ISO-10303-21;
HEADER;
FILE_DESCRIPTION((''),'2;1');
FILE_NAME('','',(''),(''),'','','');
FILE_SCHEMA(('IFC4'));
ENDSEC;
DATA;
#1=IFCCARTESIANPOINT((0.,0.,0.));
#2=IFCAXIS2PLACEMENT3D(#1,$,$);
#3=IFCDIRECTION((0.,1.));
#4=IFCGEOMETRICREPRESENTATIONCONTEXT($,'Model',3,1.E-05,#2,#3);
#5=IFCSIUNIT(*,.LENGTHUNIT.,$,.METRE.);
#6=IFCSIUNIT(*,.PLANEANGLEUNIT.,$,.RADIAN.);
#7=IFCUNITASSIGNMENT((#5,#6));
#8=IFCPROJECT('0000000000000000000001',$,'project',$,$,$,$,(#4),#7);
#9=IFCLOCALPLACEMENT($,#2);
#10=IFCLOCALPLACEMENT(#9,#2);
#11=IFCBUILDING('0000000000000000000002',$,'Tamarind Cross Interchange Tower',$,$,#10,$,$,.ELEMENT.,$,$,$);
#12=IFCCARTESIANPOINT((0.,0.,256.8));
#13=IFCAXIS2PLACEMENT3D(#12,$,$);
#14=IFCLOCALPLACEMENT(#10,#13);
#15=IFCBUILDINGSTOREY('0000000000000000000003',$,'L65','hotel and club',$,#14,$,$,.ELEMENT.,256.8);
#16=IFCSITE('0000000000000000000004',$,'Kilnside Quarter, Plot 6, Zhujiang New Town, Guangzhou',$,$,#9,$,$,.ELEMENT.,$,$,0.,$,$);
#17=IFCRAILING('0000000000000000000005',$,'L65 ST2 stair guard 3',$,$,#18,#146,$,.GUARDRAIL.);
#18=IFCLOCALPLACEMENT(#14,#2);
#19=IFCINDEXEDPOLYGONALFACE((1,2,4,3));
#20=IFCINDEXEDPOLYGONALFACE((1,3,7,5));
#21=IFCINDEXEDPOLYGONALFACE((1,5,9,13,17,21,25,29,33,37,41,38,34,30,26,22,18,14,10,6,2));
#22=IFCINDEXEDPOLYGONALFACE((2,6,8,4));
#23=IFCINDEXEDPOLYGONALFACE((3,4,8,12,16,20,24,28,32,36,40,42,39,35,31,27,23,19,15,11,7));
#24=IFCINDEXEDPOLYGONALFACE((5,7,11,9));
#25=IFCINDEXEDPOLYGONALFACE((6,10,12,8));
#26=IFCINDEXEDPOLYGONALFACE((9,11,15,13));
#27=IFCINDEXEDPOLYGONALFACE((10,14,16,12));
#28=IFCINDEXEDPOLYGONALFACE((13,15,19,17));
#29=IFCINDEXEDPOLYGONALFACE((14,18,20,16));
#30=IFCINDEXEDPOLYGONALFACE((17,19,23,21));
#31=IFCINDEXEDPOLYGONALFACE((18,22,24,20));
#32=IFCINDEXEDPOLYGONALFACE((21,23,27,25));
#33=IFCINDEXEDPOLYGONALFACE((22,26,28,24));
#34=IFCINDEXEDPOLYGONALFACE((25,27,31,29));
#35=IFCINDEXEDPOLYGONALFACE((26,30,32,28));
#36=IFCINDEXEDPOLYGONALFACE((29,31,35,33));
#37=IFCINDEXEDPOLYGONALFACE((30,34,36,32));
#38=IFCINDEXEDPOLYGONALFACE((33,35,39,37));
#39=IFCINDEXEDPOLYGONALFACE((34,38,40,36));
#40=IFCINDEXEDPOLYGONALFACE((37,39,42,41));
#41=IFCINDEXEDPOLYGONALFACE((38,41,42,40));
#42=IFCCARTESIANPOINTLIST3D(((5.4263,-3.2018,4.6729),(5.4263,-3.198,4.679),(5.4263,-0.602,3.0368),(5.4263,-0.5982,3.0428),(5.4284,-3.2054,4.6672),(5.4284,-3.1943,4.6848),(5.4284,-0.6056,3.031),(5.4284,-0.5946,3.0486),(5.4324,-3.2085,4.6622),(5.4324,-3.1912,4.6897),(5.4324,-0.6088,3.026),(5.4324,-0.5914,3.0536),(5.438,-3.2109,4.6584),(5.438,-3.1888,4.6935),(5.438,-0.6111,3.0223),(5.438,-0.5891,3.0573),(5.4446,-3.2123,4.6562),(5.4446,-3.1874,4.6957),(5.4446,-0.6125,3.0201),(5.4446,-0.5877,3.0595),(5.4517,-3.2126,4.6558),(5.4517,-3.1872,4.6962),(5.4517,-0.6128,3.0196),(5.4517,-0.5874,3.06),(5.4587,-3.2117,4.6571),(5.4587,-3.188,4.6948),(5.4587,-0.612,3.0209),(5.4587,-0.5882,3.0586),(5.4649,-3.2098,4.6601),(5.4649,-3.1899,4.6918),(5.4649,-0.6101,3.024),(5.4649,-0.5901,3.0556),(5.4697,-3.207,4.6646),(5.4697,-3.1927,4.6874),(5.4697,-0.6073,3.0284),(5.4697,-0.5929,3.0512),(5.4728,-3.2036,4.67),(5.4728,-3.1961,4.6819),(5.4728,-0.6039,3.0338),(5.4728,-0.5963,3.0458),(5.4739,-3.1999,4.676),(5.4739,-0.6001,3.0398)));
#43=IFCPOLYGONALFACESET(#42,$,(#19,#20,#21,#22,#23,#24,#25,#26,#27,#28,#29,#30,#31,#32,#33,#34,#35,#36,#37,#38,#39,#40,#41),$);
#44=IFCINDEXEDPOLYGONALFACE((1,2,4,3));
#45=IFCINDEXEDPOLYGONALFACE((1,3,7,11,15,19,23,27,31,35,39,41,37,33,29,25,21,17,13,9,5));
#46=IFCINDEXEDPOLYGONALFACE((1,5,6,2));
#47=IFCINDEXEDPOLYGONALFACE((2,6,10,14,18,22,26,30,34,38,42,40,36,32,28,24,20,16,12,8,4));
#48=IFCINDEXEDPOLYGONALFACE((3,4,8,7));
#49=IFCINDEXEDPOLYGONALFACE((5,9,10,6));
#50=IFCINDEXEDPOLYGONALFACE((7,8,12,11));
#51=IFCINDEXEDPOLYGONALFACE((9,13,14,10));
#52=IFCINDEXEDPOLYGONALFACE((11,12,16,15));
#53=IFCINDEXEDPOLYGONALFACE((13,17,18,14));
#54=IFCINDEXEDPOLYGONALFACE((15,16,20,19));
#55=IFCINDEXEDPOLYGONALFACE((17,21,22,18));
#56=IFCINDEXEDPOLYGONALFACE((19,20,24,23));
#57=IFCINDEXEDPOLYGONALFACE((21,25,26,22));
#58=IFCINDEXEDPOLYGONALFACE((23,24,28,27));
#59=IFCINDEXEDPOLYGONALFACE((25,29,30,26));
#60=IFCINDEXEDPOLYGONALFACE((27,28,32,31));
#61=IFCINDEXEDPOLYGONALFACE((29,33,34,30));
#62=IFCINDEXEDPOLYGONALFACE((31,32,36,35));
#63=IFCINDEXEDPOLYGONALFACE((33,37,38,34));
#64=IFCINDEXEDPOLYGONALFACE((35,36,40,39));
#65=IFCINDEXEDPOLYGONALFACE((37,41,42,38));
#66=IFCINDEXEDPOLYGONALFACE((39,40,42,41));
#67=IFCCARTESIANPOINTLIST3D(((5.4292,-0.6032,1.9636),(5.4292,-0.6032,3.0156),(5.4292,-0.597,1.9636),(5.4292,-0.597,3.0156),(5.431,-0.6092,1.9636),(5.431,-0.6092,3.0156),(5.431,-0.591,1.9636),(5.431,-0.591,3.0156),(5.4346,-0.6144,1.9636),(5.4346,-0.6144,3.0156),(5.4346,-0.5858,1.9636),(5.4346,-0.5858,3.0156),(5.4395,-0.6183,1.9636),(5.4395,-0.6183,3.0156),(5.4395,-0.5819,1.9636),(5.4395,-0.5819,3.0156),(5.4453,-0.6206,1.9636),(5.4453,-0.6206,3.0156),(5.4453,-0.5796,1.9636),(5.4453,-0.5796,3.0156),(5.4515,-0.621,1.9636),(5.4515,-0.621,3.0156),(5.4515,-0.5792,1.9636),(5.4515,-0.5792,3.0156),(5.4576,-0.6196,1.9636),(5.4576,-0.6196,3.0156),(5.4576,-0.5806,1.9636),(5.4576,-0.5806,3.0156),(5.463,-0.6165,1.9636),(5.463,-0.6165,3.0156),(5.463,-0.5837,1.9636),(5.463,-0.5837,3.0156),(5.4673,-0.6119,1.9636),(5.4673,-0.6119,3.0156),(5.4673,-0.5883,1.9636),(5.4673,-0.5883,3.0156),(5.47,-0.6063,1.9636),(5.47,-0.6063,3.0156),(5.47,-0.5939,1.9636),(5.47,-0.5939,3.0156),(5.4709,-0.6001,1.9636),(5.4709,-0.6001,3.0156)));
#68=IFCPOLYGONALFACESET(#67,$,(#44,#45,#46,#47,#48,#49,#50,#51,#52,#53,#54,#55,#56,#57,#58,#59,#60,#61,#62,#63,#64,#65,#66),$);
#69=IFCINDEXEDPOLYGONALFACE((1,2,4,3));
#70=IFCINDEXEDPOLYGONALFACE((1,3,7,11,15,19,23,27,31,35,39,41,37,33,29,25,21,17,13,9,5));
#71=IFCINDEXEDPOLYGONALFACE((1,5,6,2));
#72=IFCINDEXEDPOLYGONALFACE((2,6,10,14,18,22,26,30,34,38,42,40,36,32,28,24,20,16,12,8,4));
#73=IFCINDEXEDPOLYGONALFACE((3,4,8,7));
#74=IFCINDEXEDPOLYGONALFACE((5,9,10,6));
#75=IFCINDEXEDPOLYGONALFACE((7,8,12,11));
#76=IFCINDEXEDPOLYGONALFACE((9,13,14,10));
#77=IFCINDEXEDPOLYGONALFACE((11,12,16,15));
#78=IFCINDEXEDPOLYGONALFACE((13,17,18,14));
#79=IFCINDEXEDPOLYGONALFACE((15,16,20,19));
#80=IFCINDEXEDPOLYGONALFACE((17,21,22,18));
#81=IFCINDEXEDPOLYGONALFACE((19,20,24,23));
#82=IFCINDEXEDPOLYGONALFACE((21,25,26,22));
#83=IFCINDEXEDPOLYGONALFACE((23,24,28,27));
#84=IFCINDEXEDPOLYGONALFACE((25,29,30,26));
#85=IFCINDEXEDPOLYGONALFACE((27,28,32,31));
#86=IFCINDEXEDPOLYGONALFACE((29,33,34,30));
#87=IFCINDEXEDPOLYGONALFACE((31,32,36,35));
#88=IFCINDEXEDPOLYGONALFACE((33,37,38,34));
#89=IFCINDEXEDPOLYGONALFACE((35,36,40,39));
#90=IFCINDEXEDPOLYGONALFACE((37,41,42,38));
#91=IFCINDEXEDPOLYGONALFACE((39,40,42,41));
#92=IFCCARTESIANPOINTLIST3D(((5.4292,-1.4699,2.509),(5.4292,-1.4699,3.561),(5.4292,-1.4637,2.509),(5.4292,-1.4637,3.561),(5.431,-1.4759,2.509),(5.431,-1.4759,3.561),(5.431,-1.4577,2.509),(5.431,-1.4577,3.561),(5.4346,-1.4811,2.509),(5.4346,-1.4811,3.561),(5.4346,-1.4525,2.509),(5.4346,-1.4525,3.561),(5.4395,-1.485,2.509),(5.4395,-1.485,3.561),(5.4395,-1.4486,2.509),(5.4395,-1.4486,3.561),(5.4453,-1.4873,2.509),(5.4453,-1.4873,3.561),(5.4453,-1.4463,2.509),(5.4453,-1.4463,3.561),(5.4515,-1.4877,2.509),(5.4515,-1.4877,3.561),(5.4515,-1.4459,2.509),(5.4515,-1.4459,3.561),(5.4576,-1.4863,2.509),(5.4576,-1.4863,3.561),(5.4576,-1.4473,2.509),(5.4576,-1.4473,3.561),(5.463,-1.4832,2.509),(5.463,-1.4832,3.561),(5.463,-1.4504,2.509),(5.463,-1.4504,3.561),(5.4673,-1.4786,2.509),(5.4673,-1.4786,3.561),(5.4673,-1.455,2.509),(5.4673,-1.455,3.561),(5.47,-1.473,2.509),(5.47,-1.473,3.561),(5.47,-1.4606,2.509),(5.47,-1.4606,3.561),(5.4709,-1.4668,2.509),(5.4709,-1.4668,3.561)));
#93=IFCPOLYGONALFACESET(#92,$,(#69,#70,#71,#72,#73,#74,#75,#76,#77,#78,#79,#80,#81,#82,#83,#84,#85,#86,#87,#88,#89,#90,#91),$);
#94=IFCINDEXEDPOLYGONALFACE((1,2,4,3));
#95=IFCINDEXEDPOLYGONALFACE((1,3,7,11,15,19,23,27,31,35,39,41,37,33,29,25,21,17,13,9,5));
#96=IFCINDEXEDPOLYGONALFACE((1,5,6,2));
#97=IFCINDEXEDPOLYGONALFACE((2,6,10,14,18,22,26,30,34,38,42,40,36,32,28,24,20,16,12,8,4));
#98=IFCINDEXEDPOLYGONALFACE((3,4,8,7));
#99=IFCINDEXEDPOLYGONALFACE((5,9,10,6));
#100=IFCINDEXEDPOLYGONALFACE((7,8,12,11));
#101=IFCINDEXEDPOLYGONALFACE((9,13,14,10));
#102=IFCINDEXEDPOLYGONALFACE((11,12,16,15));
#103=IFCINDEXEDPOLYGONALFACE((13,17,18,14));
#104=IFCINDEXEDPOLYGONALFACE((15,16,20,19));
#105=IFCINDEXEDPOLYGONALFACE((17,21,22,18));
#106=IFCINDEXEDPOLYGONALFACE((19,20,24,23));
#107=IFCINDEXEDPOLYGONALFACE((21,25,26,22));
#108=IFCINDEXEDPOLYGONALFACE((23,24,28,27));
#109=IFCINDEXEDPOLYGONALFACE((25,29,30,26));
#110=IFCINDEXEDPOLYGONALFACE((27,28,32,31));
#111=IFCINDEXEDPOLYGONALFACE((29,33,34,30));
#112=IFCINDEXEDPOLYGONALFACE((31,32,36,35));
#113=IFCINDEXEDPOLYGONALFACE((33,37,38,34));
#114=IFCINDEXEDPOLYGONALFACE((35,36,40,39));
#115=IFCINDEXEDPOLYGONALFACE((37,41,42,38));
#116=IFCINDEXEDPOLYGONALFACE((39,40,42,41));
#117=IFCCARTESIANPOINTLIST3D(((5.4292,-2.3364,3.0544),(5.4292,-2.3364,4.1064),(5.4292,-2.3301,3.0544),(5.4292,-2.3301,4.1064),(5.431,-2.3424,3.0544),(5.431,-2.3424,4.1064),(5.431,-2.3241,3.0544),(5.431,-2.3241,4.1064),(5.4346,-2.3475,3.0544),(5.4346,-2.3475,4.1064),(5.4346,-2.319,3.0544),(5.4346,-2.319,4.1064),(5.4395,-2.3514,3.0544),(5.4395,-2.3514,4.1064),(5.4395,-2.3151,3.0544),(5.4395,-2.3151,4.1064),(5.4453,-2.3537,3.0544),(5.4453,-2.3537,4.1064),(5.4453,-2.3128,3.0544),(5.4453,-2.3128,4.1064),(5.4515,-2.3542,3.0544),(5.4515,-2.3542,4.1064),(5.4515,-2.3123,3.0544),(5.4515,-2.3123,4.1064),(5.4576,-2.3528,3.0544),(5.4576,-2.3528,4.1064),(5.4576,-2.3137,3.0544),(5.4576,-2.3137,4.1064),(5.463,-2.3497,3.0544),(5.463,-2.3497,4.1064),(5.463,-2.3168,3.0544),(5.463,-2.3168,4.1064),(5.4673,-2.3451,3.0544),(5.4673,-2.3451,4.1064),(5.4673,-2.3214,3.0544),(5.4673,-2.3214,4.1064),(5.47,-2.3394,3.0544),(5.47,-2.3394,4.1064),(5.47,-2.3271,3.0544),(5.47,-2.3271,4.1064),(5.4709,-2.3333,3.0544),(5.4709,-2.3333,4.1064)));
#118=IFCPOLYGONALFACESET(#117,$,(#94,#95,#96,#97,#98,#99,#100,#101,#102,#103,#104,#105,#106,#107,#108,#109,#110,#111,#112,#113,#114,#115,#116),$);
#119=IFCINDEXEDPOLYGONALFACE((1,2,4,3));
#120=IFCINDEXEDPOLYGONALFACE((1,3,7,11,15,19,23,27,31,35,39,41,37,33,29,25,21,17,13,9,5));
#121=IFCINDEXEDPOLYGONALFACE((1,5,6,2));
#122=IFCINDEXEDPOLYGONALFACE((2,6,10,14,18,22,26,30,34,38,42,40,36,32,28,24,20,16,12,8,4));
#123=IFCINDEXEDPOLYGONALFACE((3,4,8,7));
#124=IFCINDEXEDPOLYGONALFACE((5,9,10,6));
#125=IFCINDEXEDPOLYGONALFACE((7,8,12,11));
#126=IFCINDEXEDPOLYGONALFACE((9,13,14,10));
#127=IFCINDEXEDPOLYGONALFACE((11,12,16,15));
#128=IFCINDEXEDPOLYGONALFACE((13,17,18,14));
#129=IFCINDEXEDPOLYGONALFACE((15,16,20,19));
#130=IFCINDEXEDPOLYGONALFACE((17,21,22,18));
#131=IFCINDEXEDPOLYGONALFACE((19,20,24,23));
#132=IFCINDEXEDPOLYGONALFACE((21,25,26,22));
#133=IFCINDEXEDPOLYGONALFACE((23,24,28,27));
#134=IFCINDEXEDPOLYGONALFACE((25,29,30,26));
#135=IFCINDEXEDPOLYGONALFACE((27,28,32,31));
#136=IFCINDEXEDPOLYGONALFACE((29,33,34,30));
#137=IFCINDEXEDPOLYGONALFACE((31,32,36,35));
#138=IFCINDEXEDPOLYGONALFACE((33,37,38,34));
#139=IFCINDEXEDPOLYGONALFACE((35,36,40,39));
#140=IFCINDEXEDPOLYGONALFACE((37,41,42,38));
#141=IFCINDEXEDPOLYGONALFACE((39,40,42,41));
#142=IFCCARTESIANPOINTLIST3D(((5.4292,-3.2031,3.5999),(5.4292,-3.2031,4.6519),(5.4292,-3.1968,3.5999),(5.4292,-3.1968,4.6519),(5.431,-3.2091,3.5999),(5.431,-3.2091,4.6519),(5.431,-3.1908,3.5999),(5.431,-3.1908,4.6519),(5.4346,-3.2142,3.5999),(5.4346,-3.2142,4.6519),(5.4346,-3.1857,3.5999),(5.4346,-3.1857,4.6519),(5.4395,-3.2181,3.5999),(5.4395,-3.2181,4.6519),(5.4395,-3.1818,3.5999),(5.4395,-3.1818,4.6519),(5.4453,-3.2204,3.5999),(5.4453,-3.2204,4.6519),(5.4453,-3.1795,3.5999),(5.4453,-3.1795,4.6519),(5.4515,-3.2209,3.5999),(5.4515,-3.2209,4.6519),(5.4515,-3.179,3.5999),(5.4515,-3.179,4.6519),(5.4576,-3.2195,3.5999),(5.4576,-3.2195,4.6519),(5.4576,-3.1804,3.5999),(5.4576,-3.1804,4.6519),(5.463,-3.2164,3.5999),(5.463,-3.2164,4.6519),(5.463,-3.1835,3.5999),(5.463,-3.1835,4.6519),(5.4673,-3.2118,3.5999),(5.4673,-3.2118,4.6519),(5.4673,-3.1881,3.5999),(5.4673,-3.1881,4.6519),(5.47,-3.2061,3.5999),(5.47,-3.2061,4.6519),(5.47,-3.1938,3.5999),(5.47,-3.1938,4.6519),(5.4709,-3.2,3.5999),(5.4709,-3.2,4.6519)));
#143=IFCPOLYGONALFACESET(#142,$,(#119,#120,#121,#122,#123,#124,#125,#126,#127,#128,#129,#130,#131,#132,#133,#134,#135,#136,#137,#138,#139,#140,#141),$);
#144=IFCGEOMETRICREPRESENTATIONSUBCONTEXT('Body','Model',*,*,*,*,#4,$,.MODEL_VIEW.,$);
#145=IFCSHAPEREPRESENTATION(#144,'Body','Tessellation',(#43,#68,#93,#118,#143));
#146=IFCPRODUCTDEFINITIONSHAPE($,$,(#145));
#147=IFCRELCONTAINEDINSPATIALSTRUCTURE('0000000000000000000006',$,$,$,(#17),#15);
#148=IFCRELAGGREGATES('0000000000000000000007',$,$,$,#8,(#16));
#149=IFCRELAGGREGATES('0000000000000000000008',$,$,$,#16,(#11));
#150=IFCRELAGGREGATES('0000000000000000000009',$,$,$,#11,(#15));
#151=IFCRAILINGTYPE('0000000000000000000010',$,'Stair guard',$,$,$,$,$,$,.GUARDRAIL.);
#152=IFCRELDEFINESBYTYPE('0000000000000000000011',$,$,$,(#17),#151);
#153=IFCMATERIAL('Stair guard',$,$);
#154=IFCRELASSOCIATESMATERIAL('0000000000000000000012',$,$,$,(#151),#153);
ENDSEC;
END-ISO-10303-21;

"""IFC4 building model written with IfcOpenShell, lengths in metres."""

from ifc_helpers import new_model, si_unit, direction, frame, origin, origin_2d, place, context, subcontext, project, spatial, circle, extrude, material, type_object, element, save


model = new_model("IFC4")

# Units and contexts
model_context = context("Model", 3, precision=1e-05, world=origin(), true_north=direction((0.0, 1.0)))
body_context = subcontext(model_context, "Body", "Model", "MODEL_VIEW")
ifc_project = project(units=[si_unit("LENGTHUNIT", "METRE"), si_unit("PLANEANGLEUNIT", "RADIAN")], contexts=[model_context])

# Site, building, storey
site_placement = place(None, origin())
site = spatial("IfcSite", under=ifc_project, at=site_placement, Name="Kilnside Quarter, Plot 6, Zhujiang New Town, Guangzhou", CompositionType="ELEMENT", RefElevation=0.0)
building_placement = place(site_placement, origin())
building = spatial("IfcBuilding", under=site, at=building_placement, Name="Tamarind Cross Interchange Tower", CompositionType="ELEMENT")
storey_placement = place(building_placement, frame((0.0, 0.0, 256.8)))
storey = spatial("IfcBuildingStorey", under=building, at=storey_placement, Name="L65", Description="hotel and club", CompositionType="ELEMENT", Elevation=256.8)

# Railing
ifc_material_1 = material(Name="Stair guard")
railing_type_1 = type_object("IfcRailingType", Name="Stair guard", PredefinedType="GUARDRAIL", material=ifc_material_1)
railing_1_placement = place(storey_placement, frame((5.45, -0.6001, 1.9636)))
element("IfcRailing", 1, at=railing_1_placement, inside=storey, type_object=railing_type_1, Name="L65 ST2 stair guard 3", PredefinedType="GUARDRAIL", context=body_context, shape_type="SweptSolid", body=[
    extrude(circle(Radius=0.0239, at=origin_2d()), frame((0.0, 0.0, 1.0762), z_axis=(0.0, -0.846338, 0.532647), x_axis=(1.0, 0.0, 0.0)), (0.0, 0.0, 1.0), 3.0718),
    extrude(circle(Radius=0.021, at=origin_2d()), origin(), (0.0, 0.0, 1.0), 1.052),
    extrude(circle(Radius=0.021, at=origin_2d()), frame((0.0, -0.8667, 0.5454)), (0.0, 0.0, 1.0), 1.052),
    extrude(circle(Radius=0.021, at=origin_2d()), frame((0.0, -1.7332, 1.0908)), (0.0, 0.0, 1.0), 1.052),
    extrude(circle(Radius=0.021, at=origin_2d()), frame((0.0, -2.5999, 1.6362)), (0.0, 0.0, 1.0), 1.052),
])

save(model, "model.ifc")
